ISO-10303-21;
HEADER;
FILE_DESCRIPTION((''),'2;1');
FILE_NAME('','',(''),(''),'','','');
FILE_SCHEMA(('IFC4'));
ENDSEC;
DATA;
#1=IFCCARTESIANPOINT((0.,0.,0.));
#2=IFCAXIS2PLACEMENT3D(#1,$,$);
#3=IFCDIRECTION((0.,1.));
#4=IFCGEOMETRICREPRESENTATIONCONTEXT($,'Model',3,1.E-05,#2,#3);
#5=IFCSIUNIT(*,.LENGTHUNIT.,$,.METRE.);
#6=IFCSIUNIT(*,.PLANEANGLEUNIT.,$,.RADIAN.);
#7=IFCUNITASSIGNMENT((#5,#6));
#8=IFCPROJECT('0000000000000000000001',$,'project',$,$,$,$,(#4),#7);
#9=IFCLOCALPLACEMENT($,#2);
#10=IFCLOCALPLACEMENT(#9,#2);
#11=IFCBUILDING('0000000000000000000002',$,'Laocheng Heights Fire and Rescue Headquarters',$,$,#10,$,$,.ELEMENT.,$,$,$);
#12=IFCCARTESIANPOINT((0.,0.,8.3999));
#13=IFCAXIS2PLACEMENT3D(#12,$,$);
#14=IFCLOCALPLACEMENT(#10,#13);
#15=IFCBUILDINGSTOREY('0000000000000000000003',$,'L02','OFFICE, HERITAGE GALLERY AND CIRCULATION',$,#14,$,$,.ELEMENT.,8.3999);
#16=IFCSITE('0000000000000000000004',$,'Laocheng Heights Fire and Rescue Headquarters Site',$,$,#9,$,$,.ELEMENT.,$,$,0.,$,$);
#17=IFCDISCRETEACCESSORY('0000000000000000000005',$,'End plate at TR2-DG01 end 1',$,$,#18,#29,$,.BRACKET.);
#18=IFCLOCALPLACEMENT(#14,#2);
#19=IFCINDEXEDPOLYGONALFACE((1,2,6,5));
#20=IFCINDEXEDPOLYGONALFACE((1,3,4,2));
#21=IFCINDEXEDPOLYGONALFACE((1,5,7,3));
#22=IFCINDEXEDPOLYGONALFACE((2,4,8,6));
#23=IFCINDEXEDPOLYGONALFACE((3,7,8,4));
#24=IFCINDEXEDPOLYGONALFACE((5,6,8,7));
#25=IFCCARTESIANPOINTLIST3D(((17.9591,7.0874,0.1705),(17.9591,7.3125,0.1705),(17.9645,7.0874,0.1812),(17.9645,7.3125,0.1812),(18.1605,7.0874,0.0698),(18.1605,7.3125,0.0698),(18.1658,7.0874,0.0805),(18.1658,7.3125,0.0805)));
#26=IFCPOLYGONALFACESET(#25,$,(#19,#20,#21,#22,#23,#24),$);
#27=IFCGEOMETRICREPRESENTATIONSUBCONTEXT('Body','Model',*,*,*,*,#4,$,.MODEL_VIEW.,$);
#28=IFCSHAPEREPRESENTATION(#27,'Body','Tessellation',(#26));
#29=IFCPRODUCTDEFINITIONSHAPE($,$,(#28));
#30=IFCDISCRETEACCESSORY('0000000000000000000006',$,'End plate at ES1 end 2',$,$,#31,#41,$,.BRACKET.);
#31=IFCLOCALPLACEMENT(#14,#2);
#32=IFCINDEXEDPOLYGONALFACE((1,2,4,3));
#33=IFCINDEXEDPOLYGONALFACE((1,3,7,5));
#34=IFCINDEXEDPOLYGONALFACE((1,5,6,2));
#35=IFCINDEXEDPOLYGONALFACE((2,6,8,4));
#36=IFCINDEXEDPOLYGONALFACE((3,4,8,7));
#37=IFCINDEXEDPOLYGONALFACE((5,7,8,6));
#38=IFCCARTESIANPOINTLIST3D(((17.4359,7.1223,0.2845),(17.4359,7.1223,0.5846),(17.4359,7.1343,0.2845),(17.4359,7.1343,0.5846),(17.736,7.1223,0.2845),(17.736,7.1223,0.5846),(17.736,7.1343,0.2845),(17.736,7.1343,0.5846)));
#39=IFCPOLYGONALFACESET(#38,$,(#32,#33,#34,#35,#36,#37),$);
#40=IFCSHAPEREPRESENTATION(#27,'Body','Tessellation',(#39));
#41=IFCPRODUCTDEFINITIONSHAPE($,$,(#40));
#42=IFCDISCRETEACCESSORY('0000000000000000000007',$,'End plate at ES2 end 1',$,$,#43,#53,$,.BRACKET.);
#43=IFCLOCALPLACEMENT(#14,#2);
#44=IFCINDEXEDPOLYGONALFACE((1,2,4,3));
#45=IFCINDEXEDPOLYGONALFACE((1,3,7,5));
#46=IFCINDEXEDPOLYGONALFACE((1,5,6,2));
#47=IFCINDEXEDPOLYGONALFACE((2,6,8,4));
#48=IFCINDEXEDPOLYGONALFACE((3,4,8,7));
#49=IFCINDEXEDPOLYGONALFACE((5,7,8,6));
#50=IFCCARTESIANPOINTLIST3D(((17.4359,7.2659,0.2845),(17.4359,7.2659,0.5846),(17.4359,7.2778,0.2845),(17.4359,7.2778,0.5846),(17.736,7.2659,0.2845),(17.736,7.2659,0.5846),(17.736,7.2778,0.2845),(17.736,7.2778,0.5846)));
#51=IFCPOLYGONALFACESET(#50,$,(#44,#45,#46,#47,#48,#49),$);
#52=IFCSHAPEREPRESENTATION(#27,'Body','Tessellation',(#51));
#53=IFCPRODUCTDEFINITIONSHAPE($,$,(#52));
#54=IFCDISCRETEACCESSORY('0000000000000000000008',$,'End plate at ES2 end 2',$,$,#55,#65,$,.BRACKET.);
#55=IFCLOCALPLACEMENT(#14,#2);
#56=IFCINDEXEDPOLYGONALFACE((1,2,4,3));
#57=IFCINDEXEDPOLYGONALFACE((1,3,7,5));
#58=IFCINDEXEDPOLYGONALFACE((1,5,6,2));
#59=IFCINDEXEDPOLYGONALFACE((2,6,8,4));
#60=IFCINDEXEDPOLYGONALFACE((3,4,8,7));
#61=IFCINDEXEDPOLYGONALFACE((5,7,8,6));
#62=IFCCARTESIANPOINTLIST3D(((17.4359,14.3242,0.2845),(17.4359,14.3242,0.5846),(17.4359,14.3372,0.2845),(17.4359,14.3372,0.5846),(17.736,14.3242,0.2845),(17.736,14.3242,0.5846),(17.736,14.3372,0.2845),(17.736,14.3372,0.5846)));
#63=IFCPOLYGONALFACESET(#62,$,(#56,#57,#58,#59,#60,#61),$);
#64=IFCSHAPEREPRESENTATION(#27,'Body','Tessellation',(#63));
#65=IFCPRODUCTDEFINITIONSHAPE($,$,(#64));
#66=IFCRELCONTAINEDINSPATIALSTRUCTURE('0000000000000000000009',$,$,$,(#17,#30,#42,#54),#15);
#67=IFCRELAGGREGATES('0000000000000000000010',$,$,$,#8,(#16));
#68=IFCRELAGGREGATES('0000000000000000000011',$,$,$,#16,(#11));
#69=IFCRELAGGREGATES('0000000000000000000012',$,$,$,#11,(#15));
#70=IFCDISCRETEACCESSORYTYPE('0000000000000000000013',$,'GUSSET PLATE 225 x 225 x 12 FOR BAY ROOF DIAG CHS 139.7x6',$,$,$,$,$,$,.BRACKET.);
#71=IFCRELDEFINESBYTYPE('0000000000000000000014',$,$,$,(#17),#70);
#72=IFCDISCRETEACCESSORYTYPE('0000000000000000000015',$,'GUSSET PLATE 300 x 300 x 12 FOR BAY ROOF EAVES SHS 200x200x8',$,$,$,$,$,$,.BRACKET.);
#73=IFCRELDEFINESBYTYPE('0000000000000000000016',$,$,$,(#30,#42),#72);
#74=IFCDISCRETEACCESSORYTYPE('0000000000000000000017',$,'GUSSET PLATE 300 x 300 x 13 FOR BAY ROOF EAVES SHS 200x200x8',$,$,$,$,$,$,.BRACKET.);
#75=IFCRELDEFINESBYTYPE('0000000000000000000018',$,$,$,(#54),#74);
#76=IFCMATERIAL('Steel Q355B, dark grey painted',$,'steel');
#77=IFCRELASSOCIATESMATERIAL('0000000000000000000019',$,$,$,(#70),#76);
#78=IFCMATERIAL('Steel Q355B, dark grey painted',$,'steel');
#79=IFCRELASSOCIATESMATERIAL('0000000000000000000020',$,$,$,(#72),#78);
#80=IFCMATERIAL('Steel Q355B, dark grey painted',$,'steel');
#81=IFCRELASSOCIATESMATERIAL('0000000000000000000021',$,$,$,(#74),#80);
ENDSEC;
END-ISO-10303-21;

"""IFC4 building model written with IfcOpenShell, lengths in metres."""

from ifc_helpers import new_model, si_unit, direction, frame, origin, origin_2d, place, context, subcontext, project, spatial, rectangle, extrude, material, material_profile, profile_set, type_object, element, save


model = new_model("IFC4")

# Units and contexts
model_context = context("Model", 3, precision=1e-05, world=origin(), true_north=direction((0.0, 1.0)))
body_context = subcontext(model_context, "Body", "Model", "MODEL_VIEW")
ifc_project = project(units=[si_unit("LENGTHUNIT", "METRE"), si_unit("PLANEANGLEUNIT", "RADIAN")], contexts=[model_context])

# Site, building, storey
site_placement = place(None, origin())
site = spatial("IfcSite", under=ifc_project, at=site_placement, Name="Laocheng Heights Fire and Rescue Headquarters Site", CompositionType="ELEMENT", RefElevation=0.0)
building_placement = place(site_placement, origin())
building = spatial("IfcBuilding", under=site, at=building_placement, Name="Laocheng Heights Fire and Rescue Headquarters", CompositionType="ELEMENT")
storey_placement = place(building_placement, frame((0.0, 0.0, 8.3999)))
storey = spatial("IfcBuildingStorey", under=building, at=storey_placement, Name="L02", Description="OFFICE, HERITAGE GALLERY AND CIRCULATION", CompositionType="ELEMENT", Elevation=8.3999)

# Discrete accessories
ifc_material_1 = material(Name="Steel Q355B, dark grey painted", Category="steel")
ifc_material_profile_1 = material_profile(ifc_material_1, rectangle(XDim=0.2251, YDim=0.2251, at=origin_2d()), Name="GUSSET PLATE 225 x 225 x 12 FOR BAY ROOF DIAG CHS 139.7x6")
ifc_profile_set_1 = profile_set([ifc_material_profile_1], Name="Steel Q355B, dark grey painted")
discrete_accessory_type_1 = type_object("IfcDiscreteAccessoryType", Name="GUSSET PLATE 225 x 225 x 12 FOR BAY ROOF DIAG CHS 139.7x6", PredefinedType="BRACKET", material=ifc_profile_set_1)
discrete_accessory_1_placement = place(storey_placement, frame((18.0598, 7.2, 0.1201), z_axis=(0.447214, 0.0, 0.894427), x_axis=(0.0, 1.0, 0.0)))
element("IfcDiscreteAccessory", 1, at=discrete_accessory_1_placement, inside=storey, type_object=discrete_accessory_type_1, Name="End plate at TR2-DG01 end 1", PredefinedType="BRACKET", context=body_context, shape_type="SweptSolid", body=[
    extrude(rectangle(XDim=0.2251, YDim=0.2251, at=origin_2d()), origin(), (0.0, 0.0, 1.0), 0.012),
])
ifc_material_2 = material(Name="Steel Q355B, dark grey painted", Category="steel")
ifc_material_profile_2 = material_profile(ifc_material_2, rectangle(XDim=0.3, YDim=0.3, at=origin_2d()), Name="GUSSET PLATE 300 x 300 x 12 FOR BAY ROOF EAVES SHS 200x200x8")
ifc_profile_set_2 = profile_set([ifc_material_profile_2], Name="Steel Q355B, dark grey painted")
discrete_accessory_type_2 = type_object("IfcDiscreteAccessoryType", Name="GUSSET PLATE 300 x 300 x 12 FOR BAY ROOF EAVES SHS 200x200x8", PredefinedType="BRACKET", material=ifc_profile_set_2)
for number, where, z_axis, x_axis, name in (
    (2, (17.5859, 7.1223, 0.4346), (0.0, 1.0, 0.0), (-1.0, 0.0, 0.0), "End plate at ES1 end 2"),
    (3, (17.5859, 7.2659, 0.4346), (0.0, 1.0, 0.0), (-1.0, 0.0, 0.0), "End plate at ES2 end 1"),
):
    element("IfcDiscreteAccessory", number, at=place(storey_placement, frame(where, z_axis=z_axis, x_axis=x_axis)), inside=storey, type_object=discrete_accessory_type_2, Name=name, PredefinedType="BRACKET", context=body_context, shape_type="SweptSolid", body=[
        extrude(rectangle(XDim=0.3, YDim=0.3, at=origin_2d()), origin(), (0.0, 0.0, 1.0), 0.012),
    ])
ifc_material_3 = material(Name="Steel Q355B, dark grey painted", Category="steel")
ifc_material_profile_3 = material_profile(ifc_material_3, rectangle(XDim=0.3, YDim=0.3, at=origin_2d()), Name="GUSSET PLATE 300 x 300 x 13 FOR BAY ROOF EAVES SHS 200x200x8")
ifc_profile_set_3 = profile_set([ifc_material_profile_3], Name="Steel Q355B, dark grey painted")
discrete_accessory_type_3 = type_object("IfcDiscreteAccessoryType", Name="GUSSET PLATE 300 x 300 x 13 FOR BAY ROOF EAVES SHS 200x200x8", PredefinedType="BRACKET", material=ifc_profile_set_3)
discrete_accessory_2_placement = place(storey_placement, frame((17.5859, 14.3242, 0.4346), z_axis=(0.0, 1.0, 0.0), x_axis=(-1.0, 0.0, 0.0)))
element("IfcDiscreteAccessory", 4, at=discrete_accessory_2_placement, inside=storey, type_object=discrete_accessory_type_3, Name="End plate at ES2 end 2", PredefinedType="BRACKET", context=body_context, shape_type="SweptSolid", body=[
    extrude(rectangle(XDim=0.3, YDim=0.3, at=origin_2d()), origin(), (0.0, 0.0, 1.0), 0.0129),
])

save(model, "model.ifc")
